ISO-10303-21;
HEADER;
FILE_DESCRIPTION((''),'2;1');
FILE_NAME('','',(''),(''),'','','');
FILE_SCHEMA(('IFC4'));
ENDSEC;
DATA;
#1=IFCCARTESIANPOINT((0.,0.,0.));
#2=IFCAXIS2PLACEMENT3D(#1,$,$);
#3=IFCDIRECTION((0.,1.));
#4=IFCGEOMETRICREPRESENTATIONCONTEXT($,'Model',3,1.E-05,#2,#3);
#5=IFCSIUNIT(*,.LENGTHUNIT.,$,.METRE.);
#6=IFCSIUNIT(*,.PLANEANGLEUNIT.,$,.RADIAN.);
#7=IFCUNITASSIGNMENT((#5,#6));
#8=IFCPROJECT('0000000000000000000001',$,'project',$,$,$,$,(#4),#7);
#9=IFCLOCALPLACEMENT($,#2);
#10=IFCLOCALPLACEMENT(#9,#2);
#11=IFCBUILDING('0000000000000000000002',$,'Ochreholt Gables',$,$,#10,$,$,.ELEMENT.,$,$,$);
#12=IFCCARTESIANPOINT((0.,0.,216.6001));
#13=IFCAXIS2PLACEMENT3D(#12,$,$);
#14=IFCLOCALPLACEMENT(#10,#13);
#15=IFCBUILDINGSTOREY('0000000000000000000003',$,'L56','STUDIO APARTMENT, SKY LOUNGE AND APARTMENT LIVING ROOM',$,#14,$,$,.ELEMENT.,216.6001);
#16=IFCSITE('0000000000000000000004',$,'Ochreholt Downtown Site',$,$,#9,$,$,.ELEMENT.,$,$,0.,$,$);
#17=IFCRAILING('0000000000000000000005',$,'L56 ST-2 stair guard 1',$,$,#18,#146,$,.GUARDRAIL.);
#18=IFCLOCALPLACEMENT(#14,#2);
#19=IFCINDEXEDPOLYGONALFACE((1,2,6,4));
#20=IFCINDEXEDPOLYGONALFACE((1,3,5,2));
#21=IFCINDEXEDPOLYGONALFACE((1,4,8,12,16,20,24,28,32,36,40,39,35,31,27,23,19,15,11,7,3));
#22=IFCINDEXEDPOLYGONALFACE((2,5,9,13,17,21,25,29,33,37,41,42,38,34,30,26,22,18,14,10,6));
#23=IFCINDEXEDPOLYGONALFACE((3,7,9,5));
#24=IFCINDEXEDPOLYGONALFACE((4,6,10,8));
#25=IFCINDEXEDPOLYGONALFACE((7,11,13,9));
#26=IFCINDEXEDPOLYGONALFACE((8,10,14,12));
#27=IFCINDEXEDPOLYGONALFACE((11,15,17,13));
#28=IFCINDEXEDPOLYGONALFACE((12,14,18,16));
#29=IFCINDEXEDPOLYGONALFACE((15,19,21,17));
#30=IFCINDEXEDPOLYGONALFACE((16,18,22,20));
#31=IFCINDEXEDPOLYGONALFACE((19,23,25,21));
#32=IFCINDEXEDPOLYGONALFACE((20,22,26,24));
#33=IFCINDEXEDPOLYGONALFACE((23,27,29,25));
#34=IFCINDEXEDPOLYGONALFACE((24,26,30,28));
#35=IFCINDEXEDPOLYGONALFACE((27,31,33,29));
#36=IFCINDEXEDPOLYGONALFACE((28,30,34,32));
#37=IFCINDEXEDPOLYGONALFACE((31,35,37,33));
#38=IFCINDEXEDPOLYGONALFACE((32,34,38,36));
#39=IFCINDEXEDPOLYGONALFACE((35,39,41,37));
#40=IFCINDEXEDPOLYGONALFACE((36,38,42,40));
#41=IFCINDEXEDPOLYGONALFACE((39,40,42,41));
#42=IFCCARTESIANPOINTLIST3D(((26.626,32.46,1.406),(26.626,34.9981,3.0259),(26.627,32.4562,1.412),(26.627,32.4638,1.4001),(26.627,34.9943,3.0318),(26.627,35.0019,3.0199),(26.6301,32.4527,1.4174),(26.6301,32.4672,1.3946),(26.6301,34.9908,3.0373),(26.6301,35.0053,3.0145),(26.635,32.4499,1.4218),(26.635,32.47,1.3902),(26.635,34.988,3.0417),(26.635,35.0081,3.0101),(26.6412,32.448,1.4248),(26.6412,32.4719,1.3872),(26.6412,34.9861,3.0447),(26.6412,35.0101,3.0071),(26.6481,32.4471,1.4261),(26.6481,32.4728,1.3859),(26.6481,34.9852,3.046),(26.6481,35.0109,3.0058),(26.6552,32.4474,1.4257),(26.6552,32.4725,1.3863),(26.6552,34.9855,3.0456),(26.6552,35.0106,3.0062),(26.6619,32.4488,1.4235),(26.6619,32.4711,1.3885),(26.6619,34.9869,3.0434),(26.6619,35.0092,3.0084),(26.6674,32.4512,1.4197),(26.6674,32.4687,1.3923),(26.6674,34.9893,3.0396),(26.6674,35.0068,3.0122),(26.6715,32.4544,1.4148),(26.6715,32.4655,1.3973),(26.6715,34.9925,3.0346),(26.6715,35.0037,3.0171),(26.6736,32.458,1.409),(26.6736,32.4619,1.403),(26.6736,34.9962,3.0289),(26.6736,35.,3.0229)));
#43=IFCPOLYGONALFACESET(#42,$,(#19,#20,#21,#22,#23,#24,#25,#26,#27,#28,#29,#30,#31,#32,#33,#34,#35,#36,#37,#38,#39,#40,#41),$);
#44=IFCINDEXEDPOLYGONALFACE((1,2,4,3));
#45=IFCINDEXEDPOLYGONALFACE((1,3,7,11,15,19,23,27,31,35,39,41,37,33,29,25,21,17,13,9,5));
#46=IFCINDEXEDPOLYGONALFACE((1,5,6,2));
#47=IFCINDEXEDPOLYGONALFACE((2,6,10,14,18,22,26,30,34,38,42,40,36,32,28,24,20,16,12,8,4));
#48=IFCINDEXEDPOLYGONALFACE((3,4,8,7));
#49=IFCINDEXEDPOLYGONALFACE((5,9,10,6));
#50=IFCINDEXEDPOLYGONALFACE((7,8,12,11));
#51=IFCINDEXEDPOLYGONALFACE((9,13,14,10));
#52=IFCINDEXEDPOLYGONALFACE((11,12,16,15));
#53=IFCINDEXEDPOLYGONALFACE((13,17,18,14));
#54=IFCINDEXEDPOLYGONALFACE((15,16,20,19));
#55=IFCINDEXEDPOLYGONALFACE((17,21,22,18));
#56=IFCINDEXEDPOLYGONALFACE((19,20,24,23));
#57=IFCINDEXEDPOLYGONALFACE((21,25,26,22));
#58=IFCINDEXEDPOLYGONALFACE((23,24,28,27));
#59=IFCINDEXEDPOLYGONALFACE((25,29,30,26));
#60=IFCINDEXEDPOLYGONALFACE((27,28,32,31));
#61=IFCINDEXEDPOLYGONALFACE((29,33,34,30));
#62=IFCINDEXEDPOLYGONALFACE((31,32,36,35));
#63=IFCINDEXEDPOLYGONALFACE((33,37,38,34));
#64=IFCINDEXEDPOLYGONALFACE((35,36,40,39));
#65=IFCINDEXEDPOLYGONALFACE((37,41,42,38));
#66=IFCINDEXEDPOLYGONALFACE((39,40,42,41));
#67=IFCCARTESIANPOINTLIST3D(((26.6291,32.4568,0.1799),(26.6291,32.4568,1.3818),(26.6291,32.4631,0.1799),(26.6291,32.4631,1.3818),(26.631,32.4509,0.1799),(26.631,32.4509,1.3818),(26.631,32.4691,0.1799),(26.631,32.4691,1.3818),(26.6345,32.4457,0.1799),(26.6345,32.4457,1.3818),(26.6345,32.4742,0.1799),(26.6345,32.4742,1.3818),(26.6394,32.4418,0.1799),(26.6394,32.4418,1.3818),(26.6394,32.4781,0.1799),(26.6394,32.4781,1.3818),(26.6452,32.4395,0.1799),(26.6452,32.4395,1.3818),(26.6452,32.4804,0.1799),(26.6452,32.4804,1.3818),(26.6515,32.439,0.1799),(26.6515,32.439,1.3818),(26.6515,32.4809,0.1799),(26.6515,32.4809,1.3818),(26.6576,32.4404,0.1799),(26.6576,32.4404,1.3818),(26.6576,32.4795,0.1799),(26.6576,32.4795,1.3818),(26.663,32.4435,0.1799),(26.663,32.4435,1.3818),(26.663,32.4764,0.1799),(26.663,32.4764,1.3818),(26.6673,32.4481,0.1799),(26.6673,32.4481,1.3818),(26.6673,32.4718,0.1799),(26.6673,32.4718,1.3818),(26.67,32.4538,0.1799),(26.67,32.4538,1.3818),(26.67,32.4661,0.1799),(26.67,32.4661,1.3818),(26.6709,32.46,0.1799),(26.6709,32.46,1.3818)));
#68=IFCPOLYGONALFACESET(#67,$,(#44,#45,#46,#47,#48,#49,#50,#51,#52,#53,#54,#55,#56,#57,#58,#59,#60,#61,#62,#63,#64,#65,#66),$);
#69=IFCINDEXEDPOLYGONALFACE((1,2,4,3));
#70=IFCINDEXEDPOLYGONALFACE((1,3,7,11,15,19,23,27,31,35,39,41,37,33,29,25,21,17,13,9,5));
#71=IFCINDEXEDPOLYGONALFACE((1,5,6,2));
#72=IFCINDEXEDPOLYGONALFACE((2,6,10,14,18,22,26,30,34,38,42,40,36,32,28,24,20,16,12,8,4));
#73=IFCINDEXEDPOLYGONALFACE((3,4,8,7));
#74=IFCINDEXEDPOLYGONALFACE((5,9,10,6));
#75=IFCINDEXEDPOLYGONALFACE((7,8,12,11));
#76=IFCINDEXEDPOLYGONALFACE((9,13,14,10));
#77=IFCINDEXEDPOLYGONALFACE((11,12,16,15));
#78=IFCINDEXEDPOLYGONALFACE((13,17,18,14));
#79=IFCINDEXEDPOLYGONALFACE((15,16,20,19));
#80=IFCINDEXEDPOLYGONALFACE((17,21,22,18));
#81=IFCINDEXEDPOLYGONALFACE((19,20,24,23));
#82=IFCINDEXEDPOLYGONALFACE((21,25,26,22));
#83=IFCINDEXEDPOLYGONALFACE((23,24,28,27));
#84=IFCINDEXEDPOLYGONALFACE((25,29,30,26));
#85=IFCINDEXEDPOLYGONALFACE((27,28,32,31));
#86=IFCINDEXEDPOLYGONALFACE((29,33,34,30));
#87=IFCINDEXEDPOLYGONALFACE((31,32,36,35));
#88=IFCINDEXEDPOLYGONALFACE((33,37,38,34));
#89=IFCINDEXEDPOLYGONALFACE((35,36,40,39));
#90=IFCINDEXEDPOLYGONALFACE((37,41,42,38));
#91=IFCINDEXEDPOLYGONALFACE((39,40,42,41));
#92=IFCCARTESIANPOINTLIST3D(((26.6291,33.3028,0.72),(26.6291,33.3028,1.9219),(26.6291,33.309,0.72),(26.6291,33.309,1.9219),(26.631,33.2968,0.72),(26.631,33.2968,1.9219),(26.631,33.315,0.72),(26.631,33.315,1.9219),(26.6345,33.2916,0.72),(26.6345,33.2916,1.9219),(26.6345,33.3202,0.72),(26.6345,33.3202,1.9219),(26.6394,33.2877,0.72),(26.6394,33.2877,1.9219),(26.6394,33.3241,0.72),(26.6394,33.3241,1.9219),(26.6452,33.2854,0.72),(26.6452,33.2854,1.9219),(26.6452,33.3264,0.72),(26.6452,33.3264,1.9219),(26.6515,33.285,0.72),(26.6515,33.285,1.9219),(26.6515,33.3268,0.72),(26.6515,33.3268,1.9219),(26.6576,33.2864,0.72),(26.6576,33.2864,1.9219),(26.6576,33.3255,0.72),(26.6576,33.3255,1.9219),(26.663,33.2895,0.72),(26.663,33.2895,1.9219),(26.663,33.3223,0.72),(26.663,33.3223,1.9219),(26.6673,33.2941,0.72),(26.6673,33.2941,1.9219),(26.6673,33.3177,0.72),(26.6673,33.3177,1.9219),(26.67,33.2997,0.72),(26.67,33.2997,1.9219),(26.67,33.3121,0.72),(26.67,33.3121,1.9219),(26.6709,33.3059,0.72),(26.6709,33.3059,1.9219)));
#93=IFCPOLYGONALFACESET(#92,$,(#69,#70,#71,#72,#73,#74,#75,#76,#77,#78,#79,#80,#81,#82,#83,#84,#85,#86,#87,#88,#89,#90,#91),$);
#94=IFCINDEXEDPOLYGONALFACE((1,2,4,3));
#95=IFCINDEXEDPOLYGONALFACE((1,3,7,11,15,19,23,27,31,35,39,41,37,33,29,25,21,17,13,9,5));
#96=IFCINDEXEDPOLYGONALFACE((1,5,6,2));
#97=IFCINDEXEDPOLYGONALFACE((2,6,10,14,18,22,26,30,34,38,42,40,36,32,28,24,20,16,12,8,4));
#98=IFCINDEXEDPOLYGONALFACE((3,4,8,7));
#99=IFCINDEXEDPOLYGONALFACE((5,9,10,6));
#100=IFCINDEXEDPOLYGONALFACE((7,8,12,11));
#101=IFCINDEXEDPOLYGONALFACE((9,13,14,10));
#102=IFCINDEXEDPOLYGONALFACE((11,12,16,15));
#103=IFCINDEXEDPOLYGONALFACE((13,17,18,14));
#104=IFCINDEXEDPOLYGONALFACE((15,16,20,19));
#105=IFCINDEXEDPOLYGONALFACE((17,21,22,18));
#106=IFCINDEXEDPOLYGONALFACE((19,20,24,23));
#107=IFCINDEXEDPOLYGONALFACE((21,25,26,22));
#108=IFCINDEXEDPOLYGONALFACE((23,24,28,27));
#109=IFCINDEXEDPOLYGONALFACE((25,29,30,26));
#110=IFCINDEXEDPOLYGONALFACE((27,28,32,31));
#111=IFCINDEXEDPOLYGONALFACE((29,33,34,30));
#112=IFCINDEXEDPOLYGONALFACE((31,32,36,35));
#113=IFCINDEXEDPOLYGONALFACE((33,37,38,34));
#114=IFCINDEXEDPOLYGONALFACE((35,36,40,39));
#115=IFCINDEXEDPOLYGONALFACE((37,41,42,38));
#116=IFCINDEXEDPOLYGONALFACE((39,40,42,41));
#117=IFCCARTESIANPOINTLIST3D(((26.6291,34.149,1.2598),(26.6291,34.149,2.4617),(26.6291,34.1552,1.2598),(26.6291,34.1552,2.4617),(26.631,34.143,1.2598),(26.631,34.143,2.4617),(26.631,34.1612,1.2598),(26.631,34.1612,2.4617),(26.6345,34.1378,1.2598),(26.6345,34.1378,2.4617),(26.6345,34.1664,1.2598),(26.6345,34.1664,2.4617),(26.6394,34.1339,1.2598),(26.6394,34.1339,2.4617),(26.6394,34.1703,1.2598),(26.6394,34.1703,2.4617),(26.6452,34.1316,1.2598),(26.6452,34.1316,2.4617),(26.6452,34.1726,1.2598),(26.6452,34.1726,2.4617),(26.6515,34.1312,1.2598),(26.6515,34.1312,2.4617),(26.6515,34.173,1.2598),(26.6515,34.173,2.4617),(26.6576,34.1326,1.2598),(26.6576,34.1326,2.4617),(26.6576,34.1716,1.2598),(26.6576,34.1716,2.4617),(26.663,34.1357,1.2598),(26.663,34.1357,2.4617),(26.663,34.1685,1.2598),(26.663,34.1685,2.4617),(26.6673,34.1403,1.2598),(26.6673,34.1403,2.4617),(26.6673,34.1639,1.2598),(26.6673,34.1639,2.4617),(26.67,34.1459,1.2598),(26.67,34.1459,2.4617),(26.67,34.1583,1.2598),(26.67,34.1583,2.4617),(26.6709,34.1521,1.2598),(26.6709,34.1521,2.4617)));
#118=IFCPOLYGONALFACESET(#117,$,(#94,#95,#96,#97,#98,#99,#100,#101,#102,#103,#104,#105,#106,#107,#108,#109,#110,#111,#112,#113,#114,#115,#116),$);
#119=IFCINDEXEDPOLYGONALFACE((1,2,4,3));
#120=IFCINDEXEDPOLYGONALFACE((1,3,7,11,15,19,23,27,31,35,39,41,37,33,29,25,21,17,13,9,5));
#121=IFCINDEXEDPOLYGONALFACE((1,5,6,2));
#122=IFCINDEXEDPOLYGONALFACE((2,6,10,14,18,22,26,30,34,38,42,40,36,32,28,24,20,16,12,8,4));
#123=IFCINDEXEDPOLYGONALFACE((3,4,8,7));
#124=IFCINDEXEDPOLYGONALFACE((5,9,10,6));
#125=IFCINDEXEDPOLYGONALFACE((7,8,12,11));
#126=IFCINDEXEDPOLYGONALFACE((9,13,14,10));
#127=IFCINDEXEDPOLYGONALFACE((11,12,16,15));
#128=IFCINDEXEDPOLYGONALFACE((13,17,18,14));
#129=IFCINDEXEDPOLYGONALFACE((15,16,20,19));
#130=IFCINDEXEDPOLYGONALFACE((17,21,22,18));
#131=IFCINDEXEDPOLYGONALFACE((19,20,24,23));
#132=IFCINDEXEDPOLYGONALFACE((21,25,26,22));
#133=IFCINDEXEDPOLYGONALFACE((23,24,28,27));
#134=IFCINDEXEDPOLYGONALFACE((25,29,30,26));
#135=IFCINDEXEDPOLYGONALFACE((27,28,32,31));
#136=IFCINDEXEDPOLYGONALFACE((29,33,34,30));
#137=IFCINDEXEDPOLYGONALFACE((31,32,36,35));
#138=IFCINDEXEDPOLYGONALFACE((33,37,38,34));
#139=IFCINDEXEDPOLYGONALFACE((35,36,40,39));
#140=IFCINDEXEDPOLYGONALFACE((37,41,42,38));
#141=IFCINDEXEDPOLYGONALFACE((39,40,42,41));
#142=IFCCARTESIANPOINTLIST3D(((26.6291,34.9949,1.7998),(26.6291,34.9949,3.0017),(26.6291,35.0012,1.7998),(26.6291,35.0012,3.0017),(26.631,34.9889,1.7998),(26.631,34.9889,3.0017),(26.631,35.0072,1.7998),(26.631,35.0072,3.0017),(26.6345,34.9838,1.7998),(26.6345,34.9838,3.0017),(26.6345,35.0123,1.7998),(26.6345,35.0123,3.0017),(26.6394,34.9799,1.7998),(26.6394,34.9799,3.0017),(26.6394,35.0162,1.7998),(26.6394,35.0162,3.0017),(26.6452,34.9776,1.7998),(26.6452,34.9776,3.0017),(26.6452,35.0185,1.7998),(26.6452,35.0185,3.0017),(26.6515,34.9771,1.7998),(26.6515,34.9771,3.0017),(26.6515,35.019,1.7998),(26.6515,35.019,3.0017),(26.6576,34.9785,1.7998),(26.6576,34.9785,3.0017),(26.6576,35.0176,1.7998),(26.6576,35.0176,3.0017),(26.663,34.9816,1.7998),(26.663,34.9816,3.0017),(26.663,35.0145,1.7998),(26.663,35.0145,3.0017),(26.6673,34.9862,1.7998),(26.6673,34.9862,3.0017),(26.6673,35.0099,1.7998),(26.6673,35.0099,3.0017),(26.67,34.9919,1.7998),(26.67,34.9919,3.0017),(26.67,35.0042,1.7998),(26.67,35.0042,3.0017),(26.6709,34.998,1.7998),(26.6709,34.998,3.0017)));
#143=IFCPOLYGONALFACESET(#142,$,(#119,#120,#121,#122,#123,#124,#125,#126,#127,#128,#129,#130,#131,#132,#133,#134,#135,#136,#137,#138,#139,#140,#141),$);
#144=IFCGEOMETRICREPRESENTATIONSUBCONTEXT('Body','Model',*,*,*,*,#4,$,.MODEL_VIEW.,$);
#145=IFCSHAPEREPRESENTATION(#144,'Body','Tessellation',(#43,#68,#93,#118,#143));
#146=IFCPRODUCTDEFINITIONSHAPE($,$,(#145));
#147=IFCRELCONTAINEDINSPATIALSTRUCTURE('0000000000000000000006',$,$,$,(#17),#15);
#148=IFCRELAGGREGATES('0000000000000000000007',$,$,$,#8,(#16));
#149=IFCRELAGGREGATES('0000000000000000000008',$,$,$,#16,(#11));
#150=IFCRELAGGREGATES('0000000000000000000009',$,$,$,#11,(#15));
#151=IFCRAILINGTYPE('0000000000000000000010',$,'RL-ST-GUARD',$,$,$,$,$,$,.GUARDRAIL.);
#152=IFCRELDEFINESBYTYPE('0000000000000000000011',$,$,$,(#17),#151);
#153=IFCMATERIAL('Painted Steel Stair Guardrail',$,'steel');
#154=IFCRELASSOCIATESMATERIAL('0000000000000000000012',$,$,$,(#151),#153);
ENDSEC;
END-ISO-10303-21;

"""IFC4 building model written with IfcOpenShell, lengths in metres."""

from ifc_helpers import new_model, si_unit, direction, frame, origin, origin_2d, place, context, subcontext, project, spatial, circle, extrude, material, type_object, element, save


model = new_model("IFC4")

# Units and contexts
model_context = context("Model", 3, precision=1e-05, world=origin(), true_north=direction((0.0, 1.0)))
body_context = subcontext(model_context, "Body", "Model", "MODEL_VIEW")
ifc_project = project(units=[si_unit("LENGTHUNIT", "METRE"), si_unit("PLANEANGLEUNIT", "RADIAN")], contexts=[model_context])

# Site, building, storey
site_placement = place(None, origin())
site = spatial("IfcSite", under=ifc_project, at=site_placement, Name="Ochreholt Downtown Site", CompositionType="ELEMENT", RefElevation=0.0)
building_placement = place(site_placement, origin())
building = spatial("IfcBuilding", under=site, at=building_placement, Name="Ochreholt Gables", CompositionType="ELEMENT")
storey_placement = place(building_placement, frame((0.0, 0.0, 216.6001)))
storey = spatial("IfcBuildingStorey", under=building, at=storey_placement, Name="L56", Description="STUDIO APARTMENT, SKY LOUNGE AND APARTMENT LIVING ROOM", CompositionType="ELEMENT", Elevation=216.6001)

# Railing
ifc_material_1 = material(Name="Painted Steel Stair Guardrail", Category="steel")
railing_type_1 = type_object("IfcRailingType", Name="RL-ST-GUARD", PredefinedType="GUARDRAIL", material=ifc_material_1)
railing_1_placement = place(storey_placement, frame((26.6499, 32.46, 0.1799)))
element("IfcRailing", 1, at=railing_1_placement, inside=storey, type_object=railing_type_1, Name="L56 ST-2 stair guard 1", PredefinedType="GUARDRAIL", context=body_context, shape_type="SweptSolid", body=[
    extrude(circle(Radius=0.0239, at=origin_2d()), frame((0.0, 0.0, 1.2261), z_axis=(0.0, 0.84295, 0.537993), x_axis=(-1.0, 0.0, 0.0)), (0.0, 0.0, 1.0), 3.011),
    extrude(circle(Radius=0.021, at=origin_2d()), origin(), (0.0, 0.0, 1.0), 1.2019),
    extrude(circle(Radius=0.021, at=origin_2d()), frame((0.0, 0.8459, 0.54)), (0.0, 0.0, 1.0), 1.2019),
    extrude(circle(Radius=0.021, at=origin_2d()), frame((0.0, 1.6921, 1.0798)), (0.0, 0.0, 1.0), 1.2019),
    extrude(circle(Radius=0.021, at=origin_2d()), frame((0.0, 2.5381, 1.6199)), (0.0, 0.0, 1.0), 1.2019),
])

save(model, "model.ifc")
